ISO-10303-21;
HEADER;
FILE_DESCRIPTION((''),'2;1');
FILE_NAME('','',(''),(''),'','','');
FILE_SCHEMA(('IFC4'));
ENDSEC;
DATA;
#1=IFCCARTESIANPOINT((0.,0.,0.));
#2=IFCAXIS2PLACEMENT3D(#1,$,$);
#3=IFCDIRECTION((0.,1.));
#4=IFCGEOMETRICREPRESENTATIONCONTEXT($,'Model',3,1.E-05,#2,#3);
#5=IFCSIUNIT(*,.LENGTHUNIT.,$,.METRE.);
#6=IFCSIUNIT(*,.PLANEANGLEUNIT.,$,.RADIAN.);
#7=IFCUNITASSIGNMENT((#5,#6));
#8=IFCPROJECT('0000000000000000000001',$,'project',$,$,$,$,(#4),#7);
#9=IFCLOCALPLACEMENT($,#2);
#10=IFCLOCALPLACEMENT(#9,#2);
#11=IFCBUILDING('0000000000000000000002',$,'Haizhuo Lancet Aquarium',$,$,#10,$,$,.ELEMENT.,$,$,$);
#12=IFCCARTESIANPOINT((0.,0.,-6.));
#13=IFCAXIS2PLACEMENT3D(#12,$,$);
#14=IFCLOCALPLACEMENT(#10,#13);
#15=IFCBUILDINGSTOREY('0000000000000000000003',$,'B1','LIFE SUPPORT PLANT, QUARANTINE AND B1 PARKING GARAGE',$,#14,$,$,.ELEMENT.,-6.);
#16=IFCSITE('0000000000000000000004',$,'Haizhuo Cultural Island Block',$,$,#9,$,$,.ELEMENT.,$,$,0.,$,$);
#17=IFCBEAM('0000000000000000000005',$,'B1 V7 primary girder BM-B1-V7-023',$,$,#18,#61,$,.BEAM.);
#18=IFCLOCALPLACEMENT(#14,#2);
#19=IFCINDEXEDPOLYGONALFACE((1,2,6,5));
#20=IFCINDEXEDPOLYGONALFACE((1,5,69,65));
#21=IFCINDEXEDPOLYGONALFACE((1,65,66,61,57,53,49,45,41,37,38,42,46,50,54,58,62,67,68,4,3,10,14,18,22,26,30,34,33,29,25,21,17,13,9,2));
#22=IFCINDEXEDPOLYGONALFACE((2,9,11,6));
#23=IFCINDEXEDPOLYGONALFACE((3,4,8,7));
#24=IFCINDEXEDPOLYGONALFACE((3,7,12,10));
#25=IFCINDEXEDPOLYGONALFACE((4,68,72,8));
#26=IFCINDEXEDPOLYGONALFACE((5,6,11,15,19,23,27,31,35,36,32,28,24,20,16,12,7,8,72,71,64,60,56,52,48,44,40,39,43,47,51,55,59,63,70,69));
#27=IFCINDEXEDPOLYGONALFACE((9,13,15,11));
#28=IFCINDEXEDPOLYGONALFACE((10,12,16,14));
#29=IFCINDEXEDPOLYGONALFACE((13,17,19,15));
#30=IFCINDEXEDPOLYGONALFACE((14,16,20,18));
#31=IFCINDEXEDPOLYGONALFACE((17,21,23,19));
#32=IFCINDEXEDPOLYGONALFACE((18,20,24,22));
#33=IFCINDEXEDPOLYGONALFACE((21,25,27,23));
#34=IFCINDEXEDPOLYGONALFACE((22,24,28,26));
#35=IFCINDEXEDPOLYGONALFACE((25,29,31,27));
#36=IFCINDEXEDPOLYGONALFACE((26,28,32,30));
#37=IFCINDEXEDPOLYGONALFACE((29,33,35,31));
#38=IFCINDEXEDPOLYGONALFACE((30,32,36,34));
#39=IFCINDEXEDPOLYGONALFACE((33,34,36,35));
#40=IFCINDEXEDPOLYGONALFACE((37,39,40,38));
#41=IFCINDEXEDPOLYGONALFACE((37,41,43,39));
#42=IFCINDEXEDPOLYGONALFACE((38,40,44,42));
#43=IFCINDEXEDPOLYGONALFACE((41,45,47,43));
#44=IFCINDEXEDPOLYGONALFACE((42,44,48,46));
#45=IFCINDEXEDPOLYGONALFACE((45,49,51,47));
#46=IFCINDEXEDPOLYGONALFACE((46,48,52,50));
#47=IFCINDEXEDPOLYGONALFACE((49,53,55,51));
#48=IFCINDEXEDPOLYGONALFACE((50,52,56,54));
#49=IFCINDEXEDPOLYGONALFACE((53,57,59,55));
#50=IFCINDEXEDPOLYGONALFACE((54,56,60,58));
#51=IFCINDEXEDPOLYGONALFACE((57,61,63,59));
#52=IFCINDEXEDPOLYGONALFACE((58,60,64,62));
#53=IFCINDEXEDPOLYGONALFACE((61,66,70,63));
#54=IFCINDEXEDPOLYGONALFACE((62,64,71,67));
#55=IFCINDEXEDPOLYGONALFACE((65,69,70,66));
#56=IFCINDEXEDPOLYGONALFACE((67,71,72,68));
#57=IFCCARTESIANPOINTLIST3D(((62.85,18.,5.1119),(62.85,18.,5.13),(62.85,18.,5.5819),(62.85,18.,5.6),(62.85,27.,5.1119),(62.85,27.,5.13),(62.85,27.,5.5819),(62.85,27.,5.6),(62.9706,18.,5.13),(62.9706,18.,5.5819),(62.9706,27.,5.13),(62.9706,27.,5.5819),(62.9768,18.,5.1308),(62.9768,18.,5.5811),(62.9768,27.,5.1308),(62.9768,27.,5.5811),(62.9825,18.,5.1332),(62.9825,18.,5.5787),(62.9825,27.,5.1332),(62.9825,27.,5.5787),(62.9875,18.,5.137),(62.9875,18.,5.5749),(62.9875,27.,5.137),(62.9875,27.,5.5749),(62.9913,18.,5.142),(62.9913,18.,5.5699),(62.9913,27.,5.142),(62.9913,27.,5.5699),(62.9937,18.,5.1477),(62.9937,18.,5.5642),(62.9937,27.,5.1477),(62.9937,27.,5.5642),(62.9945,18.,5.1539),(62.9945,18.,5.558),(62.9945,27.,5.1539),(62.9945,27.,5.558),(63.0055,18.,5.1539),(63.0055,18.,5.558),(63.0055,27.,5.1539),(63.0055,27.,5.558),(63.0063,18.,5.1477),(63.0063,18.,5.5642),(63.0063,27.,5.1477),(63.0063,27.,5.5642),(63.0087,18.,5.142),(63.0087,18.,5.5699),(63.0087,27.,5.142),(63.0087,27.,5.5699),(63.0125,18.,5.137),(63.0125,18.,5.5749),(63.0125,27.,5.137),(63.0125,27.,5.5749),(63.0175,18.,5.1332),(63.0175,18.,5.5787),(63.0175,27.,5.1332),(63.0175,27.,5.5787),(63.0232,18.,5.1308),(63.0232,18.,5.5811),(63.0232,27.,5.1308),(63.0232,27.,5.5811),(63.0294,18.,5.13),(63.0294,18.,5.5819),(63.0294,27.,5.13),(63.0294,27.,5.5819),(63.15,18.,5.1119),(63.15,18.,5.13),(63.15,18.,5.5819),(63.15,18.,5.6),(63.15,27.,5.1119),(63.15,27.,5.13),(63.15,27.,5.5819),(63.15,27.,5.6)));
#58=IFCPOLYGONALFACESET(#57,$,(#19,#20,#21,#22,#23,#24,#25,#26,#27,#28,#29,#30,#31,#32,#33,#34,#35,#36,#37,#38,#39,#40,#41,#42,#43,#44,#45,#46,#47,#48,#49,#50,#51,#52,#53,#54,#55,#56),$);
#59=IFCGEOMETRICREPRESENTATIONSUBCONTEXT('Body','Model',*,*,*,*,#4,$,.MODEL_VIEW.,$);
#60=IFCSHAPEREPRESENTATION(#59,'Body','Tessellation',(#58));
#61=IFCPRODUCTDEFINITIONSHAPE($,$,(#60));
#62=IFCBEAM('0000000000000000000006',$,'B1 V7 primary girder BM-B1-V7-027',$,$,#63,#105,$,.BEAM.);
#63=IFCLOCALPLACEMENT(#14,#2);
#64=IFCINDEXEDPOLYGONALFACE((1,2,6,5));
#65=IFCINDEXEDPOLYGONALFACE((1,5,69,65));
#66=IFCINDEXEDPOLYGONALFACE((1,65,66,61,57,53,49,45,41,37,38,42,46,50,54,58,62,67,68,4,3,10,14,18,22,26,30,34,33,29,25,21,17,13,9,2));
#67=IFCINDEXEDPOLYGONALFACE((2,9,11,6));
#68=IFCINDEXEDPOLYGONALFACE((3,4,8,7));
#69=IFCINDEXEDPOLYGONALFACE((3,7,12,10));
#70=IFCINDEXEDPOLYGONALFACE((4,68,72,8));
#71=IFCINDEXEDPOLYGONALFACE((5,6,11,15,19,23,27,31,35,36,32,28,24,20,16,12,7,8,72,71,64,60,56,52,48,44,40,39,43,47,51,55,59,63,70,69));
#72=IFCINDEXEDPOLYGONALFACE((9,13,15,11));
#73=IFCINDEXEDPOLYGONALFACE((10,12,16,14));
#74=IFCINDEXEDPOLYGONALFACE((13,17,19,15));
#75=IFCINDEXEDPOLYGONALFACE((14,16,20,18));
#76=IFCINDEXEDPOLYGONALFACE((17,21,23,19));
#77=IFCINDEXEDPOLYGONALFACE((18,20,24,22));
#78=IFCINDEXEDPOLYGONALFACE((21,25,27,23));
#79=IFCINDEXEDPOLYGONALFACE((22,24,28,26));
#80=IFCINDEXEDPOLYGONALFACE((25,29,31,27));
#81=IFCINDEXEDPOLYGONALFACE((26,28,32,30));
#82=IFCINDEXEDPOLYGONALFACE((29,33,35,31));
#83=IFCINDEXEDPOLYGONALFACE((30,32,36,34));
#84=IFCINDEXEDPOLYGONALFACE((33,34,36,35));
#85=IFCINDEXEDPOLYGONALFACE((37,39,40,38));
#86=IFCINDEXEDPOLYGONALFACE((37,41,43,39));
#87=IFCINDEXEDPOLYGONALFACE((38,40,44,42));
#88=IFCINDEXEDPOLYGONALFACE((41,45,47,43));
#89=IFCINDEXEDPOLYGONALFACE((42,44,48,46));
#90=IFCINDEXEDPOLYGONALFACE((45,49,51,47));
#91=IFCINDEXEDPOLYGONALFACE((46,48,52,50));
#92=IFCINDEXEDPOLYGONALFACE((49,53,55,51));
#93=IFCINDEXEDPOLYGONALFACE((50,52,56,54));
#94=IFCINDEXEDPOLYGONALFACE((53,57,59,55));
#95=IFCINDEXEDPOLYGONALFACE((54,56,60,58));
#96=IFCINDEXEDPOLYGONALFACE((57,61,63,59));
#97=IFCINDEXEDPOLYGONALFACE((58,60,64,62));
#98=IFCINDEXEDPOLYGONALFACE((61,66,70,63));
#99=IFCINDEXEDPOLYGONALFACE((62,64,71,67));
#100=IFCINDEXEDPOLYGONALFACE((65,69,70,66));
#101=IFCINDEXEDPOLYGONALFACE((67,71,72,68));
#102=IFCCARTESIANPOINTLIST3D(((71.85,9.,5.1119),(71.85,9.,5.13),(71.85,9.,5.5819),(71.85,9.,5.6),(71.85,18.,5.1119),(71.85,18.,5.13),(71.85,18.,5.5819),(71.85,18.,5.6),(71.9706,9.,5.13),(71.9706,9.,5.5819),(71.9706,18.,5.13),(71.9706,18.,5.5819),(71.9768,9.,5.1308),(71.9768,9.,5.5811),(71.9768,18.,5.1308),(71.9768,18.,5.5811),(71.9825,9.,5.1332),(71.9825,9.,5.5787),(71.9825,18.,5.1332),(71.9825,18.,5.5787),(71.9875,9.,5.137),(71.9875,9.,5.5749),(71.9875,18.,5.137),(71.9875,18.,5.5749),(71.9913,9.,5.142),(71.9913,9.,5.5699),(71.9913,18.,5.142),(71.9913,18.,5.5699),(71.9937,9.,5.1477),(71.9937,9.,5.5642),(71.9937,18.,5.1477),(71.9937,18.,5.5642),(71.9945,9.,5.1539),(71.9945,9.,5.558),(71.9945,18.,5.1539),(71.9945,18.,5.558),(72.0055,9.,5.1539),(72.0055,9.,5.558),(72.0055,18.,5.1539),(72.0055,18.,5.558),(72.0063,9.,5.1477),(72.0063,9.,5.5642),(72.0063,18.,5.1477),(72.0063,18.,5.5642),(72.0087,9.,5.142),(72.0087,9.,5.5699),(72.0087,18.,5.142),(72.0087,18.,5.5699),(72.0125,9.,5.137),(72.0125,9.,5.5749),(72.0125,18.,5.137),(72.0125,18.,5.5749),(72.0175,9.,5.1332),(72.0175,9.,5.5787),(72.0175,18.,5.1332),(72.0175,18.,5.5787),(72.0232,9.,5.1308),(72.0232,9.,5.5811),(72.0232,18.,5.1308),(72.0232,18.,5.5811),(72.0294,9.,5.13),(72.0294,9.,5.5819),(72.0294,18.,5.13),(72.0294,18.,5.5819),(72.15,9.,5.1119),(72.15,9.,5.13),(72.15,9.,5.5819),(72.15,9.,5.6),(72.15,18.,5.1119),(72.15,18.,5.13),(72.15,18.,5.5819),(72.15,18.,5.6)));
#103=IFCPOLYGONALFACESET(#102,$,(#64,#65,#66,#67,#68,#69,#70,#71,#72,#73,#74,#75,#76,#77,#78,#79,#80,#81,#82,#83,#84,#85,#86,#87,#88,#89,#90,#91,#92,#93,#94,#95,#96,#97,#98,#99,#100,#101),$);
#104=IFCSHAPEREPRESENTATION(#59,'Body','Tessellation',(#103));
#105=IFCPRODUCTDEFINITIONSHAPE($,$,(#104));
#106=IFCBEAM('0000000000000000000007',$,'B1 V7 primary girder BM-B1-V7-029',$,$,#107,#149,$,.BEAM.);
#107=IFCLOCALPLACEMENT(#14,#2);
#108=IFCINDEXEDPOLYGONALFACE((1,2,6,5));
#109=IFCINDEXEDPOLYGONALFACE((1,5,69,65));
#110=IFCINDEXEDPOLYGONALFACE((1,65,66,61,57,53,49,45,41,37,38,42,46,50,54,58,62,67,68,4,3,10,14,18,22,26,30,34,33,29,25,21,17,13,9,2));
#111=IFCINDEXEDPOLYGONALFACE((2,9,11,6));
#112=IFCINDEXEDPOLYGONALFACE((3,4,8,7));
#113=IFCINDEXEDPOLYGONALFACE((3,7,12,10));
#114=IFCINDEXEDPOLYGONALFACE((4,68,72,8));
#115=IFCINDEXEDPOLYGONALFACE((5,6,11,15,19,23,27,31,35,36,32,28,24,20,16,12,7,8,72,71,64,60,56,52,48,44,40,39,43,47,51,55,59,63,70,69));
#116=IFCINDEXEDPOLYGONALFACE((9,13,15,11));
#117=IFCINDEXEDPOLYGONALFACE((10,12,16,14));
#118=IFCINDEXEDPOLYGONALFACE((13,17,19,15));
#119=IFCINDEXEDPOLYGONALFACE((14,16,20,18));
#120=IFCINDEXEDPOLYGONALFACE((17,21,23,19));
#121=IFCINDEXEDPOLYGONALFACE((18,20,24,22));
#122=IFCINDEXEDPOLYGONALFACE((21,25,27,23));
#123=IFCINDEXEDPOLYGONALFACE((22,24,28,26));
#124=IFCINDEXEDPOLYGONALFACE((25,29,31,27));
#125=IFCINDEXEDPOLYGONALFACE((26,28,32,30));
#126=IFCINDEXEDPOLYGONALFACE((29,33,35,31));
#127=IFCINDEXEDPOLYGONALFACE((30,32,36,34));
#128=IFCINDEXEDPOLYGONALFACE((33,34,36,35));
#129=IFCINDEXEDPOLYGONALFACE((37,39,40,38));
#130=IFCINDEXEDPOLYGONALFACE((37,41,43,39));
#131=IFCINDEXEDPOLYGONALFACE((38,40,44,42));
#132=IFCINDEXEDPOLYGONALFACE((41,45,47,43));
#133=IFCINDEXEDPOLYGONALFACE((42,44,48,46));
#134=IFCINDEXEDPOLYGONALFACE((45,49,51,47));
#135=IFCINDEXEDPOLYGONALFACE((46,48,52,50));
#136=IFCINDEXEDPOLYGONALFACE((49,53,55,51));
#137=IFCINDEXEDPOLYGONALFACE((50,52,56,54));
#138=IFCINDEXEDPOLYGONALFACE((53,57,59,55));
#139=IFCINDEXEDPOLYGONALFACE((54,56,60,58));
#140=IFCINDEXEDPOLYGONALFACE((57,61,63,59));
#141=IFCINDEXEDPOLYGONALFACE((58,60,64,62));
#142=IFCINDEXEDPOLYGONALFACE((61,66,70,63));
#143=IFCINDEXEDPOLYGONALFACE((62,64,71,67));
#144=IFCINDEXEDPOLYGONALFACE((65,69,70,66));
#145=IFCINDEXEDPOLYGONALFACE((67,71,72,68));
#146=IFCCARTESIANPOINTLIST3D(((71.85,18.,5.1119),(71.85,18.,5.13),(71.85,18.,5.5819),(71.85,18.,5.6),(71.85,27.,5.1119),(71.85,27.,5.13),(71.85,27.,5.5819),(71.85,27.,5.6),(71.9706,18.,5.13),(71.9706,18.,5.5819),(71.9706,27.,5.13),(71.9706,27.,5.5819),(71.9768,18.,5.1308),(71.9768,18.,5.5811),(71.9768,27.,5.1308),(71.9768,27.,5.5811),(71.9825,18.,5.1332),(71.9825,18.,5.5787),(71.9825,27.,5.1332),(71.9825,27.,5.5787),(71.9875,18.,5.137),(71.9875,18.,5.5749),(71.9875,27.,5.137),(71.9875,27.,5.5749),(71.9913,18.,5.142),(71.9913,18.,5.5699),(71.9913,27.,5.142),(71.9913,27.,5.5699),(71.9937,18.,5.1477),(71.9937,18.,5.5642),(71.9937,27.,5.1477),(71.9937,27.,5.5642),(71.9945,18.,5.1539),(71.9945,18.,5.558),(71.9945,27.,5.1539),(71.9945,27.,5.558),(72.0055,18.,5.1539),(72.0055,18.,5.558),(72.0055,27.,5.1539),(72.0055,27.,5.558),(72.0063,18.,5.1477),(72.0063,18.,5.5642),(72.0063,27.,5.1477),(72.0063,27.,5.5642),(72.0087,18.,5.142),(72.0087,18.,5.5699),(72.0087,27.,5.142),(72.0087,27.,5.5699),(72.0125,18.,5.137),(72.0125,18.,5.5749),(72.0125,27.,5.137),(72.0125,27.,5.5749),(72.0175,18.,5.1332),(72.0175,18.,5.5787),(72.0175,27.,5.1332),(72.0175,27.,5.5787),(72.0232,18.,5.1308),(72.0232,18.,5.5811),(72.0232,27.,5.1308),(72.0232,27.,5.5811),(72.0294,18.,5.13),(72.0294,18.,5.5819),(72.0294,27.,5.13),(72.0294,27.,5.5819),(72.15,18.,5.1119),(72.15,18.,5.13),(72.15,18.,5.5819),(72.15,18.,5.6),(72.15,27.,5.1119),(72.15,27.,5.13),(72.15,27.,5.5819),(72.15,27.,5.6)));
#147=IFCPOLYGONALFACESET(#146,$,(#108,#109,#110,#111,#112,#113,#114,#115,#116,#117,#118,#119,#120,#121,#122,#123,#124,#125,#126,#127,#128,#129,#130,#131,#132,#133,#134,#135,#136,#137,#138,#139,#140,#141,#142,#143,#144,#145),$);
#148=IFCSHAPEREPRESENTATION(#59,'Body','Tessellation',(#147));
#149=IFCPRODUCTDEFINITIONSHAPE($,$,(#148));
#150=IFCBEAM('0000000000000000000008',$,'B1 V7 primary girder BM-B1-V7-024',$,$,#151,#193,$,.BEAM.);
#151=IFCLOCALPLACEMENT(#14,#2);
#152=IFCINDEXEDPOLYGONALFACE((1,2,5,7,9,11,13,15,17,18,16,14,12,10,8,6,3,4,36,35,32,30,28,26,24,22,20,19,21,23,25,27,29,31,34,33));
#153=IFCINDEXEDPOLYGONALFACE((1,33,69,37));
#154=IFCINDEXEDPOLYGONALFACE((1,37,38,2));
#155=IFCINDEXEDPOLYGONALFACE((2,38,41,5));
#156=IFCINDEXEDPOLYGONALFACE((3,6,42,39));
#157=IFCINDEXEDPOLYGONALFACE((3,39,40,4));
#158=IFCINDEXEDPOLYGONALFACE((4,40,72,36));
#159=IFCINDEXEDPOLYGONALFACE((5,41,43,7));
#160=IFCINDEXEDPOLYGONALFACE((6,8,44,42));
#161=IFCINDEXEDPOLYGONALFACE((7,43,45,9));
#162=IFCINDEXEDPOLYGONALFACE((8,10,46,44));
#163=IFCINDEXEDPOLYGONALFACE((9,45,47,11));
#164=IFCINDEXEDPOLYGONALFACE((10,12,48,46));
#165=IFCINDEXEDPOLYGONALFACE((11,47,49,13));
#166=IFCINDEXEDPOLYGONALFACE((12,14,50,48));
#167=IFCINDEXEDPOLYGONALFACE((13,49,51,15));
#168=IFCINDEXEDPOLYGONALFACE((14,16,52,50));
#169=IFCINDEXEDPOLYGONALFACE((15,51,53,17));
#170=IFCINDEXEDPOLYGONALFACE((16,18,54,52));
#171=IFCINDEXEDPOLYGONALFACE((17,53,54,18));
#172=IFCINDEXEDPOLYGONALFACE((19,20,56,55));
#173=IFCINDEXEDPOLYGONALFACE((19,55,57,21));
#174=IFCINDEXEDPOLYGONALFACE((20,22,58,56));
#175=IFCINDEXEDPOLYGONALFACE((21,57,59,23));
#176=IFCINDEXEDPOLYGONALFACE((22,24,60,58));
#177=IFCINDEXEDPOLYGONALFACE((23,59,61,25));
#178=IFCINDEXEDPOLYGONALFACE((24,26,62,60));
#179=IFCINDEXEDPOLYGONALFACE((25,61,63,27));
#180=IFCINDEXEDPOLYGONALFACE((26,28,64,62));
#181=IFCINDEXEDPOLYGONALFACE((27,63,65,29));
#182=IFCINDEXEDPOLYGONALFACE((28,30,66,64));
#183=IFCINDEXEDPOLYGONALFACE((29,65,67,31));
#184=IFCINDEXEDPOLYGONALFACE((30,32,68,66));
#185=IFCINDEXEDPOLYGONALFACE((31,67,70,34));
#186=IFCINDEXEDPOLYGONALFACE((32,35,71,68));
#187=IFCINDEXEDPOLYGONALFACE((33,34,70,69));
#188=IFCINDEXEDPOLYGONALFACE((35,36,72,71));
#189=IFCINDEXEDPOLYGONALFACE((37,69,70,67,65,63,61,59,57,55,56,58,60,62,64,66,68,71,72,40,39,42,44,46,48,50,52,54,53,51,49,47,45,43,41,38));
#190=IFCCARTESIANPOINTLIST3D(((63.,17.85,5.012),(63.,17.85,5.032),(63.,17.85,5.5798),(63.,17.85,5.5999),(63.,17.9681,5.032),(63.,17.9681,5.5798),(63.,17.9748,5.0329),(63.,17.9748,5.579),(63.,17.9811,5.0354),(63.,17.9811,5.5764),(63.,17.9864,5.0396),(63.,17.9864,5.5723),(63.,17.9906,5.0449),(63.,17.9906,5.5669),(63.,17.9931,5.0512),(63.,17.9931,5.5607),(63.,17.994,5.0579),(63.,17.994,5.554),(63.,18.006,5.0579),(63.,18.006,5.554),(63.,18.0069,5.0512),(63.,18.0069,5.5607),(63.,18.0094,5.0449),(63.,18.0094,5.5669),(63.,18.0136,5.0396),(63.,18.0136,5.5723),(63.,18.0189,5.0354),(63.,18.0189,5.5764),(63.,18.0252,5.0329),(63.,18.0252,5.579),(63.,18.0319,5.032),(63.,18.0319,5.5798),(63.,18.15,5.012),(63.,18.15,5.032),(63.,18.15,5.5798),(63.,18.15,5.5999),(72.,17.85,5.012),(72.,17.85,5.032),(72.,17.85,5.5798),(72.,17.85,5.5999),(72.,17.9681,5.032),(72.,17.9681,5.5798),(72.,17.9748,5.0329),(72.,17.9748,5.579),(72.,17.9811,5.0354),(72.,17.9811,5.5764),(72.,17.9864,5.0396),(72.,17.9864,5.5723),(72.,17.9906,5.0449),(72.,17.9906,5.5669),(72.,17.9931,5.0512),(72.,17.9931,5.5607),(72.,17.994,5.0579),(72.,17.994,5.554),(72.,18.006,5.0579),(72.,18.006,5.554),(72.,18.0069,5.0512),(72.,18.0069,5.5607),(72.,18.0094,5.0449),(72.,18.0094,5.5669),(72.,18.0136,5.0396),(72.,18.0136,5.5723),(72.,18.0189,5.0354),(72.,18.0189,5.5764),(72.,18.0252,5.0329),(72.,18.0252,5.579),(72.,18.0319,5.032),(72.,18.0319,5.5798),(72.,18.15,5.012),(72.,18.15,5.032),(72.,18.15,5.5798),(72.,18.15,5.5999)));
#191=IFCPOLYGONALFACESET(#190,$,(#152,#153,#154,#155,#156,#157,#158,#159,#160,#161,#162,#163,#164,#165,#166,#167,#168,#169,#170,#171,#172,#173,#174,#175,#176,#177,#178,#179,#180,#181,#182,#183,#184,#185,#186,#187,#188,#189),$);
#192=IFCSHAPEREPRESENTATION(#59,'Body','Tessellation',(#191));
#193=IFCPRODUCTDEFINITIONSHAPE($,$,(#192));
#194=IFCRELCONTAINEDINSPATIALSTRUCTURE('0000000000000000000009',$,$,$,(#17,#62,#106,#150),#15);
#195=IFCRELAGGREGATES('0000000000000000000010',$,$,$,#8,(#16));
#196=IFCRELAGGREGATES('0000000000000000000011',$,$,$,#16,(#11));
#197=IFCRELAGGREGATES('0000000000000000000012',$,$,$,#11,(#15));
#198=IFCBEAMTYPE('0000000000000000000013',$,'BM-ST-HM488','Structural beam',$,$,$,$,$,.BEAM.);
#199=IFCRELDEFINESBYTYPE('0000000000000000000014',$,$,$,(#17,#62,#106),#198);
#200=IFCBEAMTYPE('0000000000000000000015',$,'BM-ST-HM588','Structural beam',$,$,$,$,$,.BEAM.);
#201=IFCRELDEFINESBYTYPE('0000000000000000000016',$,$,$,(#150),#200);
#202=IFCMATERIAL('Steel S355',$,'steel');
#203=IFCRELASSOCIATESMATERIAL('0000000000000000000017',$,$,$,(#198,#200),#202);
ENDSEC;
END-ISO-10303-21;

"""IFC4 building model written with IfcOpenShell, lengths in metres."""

from ifc_helpers import new_model, si_unit, direction, frame, origin, origin_2d, place, context, subcontext, project, spatial, i_section, extrude, material, material_profile, profile_set, type_object, element, save


model = new_model("IFC4")

# Units and contexts
model_context = context("Model", 3, precision=1e-05, world=origin(), true_north=direction((0.0, 1.0)))
body_context = subcontext(model_context, "Body", "Model", "MODEL_VIEW")
ifc_project = project(units=[si_unit("LENGTHUNIT", "METRE"), si_unit("PLANEANGLEUNIT", "RADIAN")], contexts=[model_context])

# Site, building, storey
site_placement = place(None, origin())
site = spatial("IfcSite", under=ifc_project, at=site_placement, Name="Haizhuo Cultural Island Block", CompositionType="ELEMENT", RefElevation=0.0)
building_placement = place(site_placement, origin())
building = spatial("IfcBuilding", under=site, at=building_placement, Name="Haizhuo Lancet Aquarium", CompositionType="ELEMENT")
storey_placement = place(building_placement, frame((0.0, 0.0, -6.0)))
storey = spatial("IfcBuildingStorey", under=building, at=storey_placement, Name="B1", Description="LIFE SUPPORT PLANT, QUARANTINE AND B1 PARKING GARAGE", CompositionType="ELEMENT", Elevation=-6.0)

# Shared definitions
ifc_material_1 = material(Name="Steel S355", Category="steel")

# Beams
ifc_material_profile_1 = material_profile(ifc_material_1, i_section(OverallWidth=0.3, OverallDepth=0.488, WebThickness=0.011, FlangeThickness=0.0181, FilletRadius=0.0239, at=origin_2d()), Name="HM 488x300x11x18")
ifc_profile_set_1 = profile_set([ifc_material_profile_1], Name="Steel S355")
beam_type_1 = type_object("IfcBeamType", Name="BM-ST-HM488", Description="Structural beam", PredefinedType="BEAM", material=ifc_profile_set_1)
for number, where, z_axis, x_axis, name in (
    (1, (63.0, 18.0, 5.356), (0.0, 1.0, 0.0), (-1.0, 0.0, 0.0), "B1 V7 primary girder BM-B1-V7-023"),
    (2, (72.0, 9.0, 5.356), (0.0, 1.0, 0.0), (-1.0, 0.0, 0.0), "B1 V7 primary girder BM-B1-V7-027"),
    (3, (72.0, 18.0, 5.356), (0.0, 1.0, 0.0), (-1.0, 0.0, 0.0), "B1 V7 primary girder BM-B1-V7-029"),
):
    element("IfcBeam", number, at=place(storey_placement, frame(where, z_axis=z_axis, x_axis=x_axis)), inside=storey, type_object=beam_type_1, Name=name, PredefinedType="BEAM", context=body_context, shape_type="SweptSolid", body=[
        extrude(i_section(OverallWidth=0.3, OverallDepth=0.488, WebThickness=0.011, FlangeThickness=0.0181, FilletRadius=0.0239, at=origin_2d()), origin(), (0.0, 0.0, 1.0), 9.0),
    ])
ifc_material_profile_2 = material_profile(ifc_material_1, i_section(OverallWidth=0.3, OverallDepth=0.5879, WebThickness=0.012, FlangeThickness=0.02, FilletRadius=0.0259, at=origin_2d()), Name="HM 588x300x12x20")
ifc_profile_set_2 = profile_set([ifc_material_profile_2], Name="Steel S355")
beam_type_2 = type_object("IfcBeamType", Name="BM-ST-HM588", Description="Structural beam", PredefinedType="BEAM", material=ifc_profile_set_2)
beam_placement = place(storey_placement, frame((63.0, 18.0, 5.3059), z_axis=(1.0, 0.0, 0.0), x_axis=(0.0, 1.0, 0.0)))
element("IfcBeam", 4, at=beam_placement, inside=storey, type_object=beam_type_2, Name="B1 V7 primary girder BM-B1-V7-024", PredefinedType="BEAM", context=body_context, shape_type="SweptSolid", body=[
    extrude(i_section(OverallWidth=0.3, OverallDepth=0.5879, WebThickness=0.012, FlangeThickness=0.02, FilletRadius=0.0259, at=origin_2d()), origin(), (0.0, 0.0, 1.0), 9.0),
])

save(model, "model.ifc")
